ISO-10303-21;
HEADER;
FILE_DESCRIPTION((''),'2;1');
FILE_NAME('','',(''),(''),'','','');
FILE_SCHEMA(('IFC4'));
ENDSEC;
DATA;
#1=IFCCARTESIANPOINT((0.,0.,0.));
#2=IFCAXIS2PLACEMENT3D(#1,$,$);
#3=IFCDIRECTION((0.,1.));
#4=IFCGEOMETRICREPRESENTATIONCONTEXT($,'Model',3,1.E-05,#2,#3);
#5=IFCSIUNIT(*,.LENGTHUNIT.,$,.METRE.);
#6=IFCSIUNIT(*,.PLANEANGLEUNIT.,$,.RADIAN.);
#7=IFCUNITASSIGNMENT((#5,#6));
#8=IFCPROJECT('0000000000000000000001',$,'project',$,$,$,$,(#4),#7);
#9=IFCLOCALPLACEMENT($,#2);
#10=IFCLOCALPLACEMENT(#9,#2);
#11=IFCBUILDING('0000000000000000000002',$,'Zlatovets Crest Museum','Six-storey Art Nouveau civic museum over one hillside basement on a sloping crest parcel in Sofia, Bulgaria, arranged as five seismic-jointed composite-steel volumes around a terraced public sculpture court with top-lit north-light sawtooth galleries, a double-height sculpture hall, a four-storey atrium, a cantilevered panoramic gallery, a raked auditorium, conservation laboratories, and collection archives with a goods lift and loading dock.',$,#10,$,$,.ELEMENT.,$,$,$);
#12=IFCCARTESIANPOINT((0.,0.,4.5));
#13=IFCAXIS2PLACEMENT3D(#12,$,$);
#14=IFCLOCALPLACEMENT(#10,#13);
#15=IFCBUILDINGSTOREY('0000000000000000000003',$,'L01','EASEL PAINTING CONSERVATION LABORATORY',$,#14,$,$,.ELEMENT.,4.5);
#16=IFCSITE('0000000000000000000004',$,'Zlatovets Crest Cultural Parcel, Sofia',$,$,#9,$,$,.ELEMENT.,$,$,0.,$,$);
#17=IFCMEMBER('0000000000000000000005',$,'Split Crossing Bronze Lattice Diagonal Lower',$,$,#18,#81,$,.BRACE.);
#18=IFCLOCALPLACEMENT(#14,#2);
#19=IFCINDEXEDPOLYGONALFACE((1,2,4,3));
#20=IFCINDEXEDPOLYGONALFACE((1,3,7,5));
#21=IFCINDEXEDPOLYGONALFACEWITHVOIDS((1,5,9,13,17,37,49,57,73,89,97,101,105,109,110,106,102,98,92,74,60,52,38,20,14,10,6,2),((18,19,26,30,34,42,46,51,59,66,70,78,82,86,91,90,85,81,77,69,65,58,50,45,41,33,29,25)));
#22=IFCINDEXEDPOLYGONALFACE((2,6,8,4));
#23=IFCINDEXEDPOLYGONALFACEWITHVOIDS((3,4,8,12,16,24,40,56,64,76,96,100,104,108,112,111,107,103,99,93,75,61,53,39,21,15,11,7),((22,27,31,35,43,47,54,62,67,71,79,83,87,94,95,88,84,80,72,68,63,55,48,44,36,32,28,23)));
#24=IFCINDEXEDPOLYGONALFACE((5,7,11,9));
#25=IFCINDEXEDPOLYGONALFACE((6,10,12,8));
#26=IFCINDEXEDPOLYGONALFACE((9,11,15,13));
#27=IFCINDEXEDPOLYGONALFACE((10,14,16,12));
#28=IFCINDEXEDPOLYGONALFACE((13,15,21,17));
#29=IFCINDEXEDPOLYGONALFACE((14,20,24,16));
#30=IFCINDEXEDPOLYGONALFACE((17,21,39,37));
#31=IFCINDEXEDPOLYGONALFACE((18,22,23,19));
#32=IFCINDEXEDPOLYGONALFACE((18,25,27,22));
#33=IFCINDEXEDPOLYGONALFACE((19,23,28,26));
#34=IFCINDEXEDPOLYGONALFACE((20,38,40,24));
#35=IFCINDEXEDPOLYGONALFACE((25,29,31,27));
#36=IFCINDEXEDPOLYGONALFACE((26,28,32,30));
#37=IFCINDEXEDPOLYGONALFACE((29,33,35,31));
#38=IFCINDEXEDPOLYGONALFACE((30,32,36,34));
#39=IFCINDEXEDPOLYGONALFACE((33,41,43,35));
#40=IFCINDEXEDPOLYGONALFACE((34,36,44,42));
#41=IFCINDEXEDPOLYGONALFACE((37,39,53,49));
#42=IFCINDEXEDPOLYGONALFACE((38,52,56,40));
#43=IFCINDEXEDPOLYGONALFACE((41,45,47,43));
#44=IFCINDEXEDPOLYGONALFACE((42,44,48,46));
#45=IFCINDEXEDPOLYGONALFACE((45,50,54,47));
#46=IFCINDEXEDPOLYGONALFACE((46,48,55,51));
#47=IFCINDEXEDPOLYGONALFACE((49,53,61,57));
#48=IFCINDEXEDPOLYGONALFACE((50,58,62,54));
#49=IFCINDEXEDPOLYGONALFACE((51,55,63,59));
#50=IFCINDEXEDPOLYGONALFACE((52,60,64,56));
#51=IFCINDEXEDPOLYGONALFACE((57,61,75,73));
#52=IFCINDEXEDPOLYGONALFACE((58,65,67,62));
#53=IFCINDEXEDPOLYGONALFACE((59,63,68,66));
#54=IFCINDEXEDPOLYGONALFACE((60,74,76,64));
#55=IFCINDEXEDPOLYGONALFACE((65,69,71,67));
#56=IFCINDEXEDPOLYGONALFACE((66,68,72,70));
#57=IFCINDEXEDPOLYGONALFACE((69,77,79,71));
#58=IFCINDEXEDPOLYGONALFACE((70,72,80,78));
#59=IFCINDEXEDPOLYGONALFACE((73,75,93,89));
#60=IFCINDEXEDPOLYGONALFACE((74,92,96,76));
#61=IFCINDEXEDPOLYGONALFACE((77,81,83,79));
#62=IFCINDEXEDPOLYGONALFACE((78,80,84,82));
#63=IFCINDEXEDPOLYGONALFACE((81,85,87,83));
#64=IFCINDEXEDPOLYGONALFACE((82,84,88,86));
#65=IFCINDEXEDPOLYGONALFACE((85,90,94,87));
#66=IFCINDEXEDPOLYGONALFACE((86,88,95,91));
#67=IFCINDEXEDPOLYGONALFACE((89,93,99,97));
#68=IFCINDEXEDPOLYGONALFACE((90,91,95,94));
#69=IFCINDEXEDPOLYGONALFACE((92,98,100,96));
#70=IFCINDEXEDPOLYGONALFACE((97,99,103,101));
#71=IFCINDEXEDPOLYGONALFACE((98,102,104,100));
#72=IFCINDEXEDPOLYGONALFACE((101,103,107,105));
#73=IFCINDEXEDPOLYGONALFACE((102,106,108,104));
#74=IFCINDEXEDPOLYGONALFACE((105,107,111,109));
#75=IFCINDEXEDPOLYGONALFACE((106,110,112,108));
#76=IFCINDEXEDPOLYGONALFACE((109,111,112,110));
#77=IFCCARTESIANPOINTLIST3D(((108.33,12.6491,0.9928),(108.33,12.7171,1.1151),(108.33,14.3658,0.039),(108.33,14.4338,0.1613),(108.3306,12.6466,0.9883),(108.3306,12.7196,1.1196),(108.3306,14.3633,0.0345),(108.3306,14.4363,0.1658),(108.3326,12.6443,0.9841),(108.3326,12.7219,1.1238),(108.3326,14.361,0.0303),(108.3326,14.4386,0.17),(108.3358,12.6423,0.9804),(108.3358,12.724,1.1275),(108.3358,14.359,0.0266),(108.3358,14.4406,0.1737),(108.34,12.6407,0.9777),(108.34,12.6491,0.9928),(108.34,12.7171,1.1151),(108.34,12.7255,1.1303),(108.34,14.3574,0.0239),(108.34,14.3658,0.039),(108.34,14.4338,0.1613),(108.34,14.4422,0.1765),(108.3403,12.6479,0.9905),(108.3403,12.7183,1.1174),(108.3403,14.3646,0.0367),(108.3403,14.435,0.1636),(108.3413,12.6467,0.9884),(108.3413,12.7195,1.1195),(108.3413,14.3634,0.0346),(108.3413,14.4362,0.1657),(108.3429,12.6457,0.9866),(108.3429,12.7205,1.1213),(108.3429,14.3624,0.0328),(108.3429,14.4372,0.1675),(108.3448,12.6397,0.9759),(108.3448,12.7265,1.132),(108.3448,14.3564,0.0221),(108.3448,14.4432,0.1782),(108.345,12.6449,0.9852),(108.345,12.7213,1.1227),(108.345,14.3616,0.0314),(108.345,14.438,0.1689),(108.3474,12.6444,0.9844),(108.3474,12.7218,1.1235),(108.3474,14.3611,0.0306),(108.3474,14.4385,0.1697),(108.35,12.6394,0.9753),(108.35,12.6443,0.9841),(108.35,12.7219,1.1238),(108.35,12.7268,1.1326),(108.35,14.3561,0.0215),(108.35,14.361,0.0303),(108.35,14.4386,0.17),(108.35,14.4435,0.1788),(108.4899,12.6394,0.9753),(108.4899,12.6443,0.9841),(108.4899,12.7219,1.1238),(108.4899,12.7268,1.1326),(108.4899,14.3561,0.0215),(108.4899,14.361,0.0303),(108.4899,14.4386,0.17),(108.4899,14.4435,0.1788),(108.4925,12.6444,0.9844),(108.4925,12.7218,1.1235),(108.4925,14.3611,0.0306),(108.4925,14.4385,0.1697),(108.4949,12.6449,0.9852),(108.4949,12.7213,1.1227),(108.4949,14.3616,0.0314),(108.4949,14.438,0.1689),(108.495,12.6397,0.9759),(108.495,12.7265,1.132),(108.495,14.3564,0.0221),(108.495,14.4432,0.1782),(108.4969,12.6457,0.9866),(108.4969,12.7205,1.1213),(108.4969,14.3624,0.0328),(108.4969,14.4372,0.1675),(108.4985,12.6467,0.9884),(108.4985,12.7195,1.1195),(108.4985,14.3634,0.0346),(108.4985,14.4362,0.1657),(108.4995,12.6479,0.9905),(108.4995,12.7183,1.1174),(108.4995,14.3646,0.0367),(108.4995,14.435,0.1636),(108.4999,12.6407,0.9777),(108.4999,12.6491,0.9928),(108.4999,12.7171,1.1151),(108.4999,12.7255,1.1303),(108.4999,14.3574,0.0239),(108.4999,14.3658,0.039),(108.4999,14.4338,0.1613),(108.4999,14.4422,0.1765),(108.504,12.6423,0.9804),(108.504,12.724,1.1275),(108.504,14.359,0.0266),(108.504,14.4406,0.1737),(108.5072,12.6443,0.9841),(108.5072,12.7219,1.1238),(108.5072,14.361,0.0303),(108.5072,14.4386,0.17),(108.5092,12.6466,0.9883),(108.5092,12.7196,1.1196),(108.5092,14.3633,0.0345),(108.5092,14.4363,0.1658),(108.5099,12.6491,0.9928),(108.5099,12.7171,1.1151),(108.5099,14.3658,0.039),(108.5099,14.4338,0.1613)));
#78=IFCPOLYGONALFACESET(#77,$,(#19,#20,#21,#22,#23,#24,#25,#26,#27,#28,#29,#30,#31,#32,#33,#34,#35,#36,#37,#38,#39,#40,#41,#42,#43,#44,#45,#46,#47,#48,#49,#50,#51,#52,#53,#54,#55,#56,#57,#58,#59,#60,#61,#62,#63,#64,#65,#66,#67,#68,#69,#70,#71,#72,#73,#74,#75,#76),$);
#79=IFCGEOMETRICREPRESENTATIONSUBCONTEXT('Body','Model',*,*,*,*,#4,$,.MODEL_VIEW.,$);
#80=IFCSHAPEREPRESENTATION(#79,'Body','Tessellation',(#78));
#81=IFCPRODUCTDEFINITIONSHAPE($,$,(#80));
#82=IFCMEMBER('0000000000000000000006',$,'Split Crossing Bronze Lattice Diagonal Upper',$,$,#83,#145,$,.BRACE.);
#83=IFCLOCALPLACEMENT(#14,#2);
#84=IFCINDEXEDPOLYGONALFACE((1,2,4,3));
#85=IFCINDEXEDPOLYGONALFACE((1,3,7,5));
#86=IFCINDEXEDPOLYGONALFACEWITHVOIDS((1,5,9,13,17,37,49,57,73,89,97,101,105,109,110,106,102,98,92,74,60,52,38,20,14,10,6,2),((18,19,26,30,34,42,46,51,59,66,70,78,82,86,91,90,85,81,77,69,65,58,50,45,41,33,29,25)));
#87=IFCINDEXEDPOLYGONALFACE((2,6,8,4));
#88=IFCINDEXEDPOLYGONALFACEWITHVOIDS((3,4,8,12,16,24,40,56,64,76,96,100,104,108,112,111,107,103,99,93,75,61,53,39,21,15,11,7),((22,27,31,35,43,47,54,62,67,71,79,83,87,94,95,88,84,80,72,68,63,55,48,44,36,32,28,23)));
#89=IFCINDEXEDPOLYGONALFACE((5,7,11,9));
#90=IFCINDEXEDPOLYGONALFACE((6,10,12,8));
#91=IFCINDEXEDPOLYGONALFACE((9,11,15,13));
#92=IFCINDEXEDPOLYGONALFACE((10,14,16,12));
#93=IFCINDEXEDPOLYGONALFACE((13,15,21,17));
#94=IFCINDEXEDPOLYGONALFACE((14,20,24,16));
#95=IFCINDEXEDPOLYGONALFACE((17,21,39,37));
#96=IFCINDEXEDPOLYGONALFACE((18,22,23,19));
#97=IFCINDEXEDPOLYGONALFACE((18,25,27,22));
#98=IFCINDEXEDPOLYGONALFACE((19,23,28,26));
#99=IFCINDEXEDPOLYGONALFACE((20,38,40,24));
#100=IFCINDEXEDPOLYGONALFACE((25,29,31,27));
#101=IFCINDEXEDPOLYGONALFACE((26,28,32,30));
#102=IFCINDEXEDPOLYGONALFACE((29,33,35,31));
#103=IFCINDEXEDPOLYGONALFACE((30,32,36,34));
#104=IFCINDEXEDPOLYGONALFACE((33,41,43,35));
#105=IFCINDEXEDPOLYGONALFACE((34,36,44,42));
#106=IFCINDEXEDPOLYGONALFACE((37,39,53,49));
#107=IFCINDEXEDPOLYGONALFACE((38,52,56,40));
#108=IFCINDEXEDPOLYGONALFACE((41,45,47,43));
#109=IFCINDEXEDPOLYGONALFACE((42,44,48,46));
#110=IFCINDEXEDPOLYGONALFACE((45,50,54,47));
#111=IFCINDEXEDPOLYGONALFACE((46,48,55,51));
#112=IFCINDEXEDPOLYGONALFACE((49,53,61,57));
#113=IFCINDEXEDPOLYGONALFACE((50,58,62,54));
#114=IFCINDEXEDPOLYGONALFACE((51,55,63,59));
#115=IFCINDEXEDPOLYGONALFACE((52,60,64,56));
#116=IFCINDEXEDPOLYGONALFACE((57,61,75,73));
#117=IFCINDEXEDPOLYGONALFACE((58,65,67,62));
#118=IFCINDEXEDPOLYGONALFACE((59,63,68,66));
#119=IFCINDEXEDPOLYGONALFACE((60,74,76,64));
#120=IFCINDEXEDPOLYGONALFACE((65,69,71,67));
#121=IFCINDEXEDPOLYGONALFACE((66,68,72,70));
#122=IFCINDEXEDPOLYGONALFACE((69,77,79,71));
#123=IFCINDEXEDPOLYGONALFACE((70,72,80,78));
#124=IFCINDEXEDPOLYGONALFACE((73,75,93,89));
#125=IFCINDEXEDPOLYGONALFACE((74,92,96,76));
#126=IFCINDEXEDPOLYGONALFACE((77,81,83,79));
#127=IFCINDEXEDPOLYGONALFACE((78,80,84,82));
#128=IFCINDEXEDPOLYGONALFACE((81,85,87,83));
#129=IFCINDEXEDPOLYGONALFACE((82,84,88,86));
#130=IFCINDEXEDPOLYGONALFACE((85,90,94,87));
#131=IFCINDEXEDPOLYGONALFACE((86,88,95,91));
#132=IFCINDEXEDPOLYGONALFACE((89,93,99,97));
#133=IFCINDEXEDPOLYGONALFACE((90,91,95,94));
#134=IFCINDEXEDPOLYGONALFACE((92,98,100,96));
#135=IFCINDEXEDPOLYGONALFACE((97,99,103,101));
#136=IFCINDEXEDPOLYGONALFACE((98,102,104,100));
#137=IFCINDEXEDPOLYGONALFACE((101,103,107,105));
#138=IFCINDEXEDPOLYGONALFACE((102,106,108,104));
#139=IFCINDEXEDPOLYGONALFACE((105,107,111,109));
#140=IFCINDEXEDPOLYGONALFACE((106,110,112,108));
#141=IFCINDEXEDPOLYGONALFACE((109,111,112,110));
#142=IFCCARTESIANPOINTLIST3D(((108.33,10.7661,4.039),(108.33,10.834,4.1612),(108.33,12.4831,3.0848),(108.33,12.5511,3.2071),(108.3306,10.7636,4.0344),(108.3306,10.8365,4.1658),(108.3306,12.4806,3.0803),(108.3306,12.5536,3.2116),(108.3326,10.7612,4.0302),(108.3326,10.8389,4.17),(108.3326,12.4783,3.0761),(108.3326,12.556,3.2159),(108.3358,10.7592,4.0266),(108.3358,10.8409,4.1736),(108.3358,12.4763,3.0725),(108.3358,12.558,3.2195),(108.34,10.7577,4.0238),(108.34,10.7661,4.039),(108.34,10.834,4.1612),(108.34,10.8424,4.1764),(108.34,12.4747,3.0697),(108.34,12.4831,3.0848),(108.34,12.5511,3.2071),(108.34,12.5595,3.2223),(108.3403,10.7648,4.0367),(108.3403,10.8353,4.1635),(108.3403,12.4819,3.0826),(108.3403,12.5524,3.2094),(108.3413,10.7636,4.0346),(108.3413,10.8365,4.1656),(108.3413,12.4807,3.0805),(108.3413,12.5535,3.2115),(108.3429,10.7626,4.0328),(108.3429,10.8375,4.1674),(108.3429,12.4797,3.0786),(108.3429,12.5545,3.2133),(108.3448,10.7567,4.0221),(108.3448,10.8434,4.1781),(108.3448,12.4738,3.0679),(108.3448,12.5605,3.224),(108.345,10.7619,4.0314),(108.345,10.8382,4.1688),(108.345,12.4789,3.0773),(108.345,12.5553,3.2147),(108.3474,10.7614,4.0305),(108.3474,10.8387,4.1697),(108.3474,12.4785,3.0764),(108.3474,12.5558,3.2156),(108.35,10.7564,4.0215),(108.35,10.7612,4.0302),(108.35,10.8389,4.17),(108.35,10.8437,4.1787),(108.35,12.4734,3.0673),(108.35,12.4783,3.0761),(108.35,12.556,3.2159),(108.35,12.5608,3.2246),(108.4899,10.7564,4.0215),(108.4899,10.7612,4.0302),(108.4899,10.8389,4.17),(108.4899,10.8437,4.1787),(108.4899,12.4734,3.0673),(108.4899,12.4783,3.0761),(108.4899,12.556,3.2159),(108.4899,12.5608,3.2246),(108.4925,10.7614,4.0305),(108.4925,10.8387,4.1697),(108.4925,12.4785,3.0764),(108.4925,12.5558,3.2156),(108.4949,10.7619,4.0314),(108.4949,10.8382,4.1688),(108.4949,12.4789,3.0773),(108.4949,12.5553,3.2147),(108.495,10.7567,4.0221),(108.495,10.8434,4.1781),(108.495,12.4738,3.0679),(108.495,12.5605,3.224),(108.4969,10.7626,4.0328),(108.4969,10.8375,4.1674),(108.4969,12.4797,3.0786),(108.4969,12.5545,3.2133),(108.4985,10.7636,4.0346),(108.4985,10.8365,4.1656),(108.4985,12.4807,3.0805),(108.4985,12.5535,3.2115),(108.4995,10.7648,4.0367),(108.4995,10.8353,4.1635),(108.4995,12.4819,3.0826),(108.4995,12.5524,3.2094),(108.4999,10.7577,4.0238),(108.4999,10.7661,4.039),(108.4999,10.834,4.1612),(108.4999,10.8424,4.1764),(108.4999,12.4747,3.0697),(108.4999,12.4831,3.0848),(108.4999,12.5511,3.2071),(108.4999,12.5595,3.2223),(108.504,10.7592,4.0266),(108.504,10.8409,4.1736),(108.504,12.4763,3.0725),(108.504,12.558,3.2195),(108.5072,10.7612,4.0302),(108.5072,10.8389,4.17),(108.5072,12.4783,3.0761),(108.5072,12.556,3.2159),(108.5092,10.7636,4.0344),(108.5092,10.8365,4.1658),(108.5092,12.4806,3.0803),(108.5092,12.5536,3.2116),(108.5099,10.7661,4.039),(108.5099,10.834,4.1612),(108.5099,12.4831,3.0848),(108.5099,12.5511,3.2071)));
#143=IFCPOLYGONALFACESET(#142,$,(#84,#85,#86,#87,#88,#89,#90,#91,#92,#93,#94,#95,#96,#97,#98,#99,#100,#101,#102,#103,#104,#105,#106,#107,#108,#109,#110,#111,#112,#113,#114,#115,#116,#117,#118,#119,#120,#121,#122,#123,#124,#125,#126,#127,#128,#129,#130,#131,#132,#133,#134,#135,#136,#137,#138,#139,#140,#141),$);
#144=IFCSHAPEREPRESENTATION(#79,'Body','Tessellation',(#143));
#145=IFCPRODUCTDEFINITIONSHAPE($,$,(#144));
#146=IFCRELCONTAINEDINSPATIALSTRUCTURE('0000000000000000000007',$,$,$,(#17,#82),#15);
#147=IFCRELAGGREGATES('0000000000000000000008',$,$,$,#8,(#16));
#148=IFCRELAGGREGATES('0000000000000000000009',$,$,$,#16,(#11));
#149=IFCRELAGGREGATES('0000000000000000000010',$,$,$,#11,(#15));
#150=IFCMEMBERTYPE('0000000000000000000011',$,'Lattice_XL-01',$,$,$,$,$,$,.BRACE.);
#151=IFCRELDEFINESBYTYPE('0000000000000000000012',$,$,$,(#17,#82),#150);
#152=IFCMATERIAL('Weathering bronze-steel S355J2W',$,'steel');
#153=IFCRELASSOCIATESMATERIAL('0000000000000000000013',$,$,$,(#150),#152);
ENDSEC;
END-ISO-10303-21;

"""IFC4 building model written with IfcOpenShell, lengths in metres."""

from ifc_helpers import new_model, si_unit, direction, frame, origin, origin_2d, place, context, subcontext, project, spatial, hollow_rectangle, extrude, material, material_profile, profile_set, type_object, element, save


model = new_model("IFC4")

# Units and contexts
model_context = context("Model", 3, precision=1e-05, world=origin(), true_north=direction((0.0, 1.0)))
body_context = subcontext(model_context, "Body", "Model", "MODEL_VIEW")
ifc_project = project(units=[si_unit("LENGTHUNIT", "METRE"), si_unit("PLANEANGLEUNIT", "RADIAN")], contexts=[model_context])

# Site, building, storey
site_placement = place(None, origin())
site = spatial("IfcSite", under=ifc_project, at=site_placement, Name="Zlatovets Crest Cultural Parcel, Sofia", CompositionType="ELEMENT", RefElevation=0.0)
building_placement = place(site_placement, origin())
building = spatial("IfcBuilding", under=site, at=building_placement, Name="Zlatovets Crest Museum", Description="Six-storey Art Nouveau civic museum over one hillside basement on a sloping crest parcel in Sofia, Bulgaria, arranged as five seismic-jointed composite-steel volumes around a terraced public sculpture court with top-lit north-light sawtooth galleries, a double-height sculpture hall, a four-storey atrium, a cantilevered panoramic gallery, a raked auditorium, conservation laboratories, and collection archives with a goods lift and loading dock.", CompositionType="ELEMENT")
storey_placement = place(building_placement, frame((0.0, 0.0, 4.5)))
storey = spatial("IfcBuildingStorey", under=building, at=storey_placement, Name="L01", Description="EASEL PAINTING CONSERVATION LABORATORY", CompositionType="ELEMENT", Elevation=4.5)

# Members
ifc_material_1 = material(Name="Weathering bronze-steel S355J2W", Category="steel")
ifc_material_profile_1 = material_profile(ifc_material_1, hollow_rectangle(XDim=0.1799, YDim=0.1799, WallThickness=0.01, InnerFilletRadius=0.01, OuterFilletRadius=0.02, at=origin_2d()), Name="SHS 180x180x10.0")
ifc_profile_set_1 = profile_set([ifc_material_profile_1], Name="Weathering bronze-steel S355J2W")
member_type_1 = type_object("IfcMemberType", Name="Lattice_XL-01", PredefinedType="BRACE", material=ifc_profile_set_1)
member_1_placement = place(storey_placement, frame((108.4199, 12.6831, 1.054), z_axis=(0.0, 0.87414, -0.485675), x_axis=(-1.0, 0.0, 0.0)))
element("IfcMember", 1, at=member_1_placement, inside=storey, type_object=member_type_1, Name="Split Crossing Bronze Lattice Diagonal Lower", PredefinedType="BRACE", context=body_context, shape_type="SweptSolid", body=[
    extrude(hollow_rectangle(XDim=0.1799, YDim=0.1799, WallThickness=0.01, InnerFilletRadius=0.01, OuterFilletRadius=0.02, at=origin_2d()), origin(), (0.0, 0.0, 1.0), 1.9639),
])
member_2_placement = place(storey_placement, frame((108.4199, 10.8, 4.1001), z_axis=(0.0, 0.874116, -0.485717), x_axis=(-1.0, 0.0, 0.0)))
element("IfcMember", 2, at=member_2_placement, inside=storey, type_object=member_type_1, Name="Split Crossing Bronze Lattice Diagonal Upper", PredefinedType="BRACE", context=body_context, shape_type="SweptSolid", body=[
    extrude(hollow_rectangle(XDim=0.1799, YDim=0.1799, WallThickness=0.01, InnerFilletRadius=0.01, OuterFilletRadius=0.02, at=origin_2d()), origin(), (0.0, 0.0, 1.0), 1.9644),
])

save(model, "model.ifc")
